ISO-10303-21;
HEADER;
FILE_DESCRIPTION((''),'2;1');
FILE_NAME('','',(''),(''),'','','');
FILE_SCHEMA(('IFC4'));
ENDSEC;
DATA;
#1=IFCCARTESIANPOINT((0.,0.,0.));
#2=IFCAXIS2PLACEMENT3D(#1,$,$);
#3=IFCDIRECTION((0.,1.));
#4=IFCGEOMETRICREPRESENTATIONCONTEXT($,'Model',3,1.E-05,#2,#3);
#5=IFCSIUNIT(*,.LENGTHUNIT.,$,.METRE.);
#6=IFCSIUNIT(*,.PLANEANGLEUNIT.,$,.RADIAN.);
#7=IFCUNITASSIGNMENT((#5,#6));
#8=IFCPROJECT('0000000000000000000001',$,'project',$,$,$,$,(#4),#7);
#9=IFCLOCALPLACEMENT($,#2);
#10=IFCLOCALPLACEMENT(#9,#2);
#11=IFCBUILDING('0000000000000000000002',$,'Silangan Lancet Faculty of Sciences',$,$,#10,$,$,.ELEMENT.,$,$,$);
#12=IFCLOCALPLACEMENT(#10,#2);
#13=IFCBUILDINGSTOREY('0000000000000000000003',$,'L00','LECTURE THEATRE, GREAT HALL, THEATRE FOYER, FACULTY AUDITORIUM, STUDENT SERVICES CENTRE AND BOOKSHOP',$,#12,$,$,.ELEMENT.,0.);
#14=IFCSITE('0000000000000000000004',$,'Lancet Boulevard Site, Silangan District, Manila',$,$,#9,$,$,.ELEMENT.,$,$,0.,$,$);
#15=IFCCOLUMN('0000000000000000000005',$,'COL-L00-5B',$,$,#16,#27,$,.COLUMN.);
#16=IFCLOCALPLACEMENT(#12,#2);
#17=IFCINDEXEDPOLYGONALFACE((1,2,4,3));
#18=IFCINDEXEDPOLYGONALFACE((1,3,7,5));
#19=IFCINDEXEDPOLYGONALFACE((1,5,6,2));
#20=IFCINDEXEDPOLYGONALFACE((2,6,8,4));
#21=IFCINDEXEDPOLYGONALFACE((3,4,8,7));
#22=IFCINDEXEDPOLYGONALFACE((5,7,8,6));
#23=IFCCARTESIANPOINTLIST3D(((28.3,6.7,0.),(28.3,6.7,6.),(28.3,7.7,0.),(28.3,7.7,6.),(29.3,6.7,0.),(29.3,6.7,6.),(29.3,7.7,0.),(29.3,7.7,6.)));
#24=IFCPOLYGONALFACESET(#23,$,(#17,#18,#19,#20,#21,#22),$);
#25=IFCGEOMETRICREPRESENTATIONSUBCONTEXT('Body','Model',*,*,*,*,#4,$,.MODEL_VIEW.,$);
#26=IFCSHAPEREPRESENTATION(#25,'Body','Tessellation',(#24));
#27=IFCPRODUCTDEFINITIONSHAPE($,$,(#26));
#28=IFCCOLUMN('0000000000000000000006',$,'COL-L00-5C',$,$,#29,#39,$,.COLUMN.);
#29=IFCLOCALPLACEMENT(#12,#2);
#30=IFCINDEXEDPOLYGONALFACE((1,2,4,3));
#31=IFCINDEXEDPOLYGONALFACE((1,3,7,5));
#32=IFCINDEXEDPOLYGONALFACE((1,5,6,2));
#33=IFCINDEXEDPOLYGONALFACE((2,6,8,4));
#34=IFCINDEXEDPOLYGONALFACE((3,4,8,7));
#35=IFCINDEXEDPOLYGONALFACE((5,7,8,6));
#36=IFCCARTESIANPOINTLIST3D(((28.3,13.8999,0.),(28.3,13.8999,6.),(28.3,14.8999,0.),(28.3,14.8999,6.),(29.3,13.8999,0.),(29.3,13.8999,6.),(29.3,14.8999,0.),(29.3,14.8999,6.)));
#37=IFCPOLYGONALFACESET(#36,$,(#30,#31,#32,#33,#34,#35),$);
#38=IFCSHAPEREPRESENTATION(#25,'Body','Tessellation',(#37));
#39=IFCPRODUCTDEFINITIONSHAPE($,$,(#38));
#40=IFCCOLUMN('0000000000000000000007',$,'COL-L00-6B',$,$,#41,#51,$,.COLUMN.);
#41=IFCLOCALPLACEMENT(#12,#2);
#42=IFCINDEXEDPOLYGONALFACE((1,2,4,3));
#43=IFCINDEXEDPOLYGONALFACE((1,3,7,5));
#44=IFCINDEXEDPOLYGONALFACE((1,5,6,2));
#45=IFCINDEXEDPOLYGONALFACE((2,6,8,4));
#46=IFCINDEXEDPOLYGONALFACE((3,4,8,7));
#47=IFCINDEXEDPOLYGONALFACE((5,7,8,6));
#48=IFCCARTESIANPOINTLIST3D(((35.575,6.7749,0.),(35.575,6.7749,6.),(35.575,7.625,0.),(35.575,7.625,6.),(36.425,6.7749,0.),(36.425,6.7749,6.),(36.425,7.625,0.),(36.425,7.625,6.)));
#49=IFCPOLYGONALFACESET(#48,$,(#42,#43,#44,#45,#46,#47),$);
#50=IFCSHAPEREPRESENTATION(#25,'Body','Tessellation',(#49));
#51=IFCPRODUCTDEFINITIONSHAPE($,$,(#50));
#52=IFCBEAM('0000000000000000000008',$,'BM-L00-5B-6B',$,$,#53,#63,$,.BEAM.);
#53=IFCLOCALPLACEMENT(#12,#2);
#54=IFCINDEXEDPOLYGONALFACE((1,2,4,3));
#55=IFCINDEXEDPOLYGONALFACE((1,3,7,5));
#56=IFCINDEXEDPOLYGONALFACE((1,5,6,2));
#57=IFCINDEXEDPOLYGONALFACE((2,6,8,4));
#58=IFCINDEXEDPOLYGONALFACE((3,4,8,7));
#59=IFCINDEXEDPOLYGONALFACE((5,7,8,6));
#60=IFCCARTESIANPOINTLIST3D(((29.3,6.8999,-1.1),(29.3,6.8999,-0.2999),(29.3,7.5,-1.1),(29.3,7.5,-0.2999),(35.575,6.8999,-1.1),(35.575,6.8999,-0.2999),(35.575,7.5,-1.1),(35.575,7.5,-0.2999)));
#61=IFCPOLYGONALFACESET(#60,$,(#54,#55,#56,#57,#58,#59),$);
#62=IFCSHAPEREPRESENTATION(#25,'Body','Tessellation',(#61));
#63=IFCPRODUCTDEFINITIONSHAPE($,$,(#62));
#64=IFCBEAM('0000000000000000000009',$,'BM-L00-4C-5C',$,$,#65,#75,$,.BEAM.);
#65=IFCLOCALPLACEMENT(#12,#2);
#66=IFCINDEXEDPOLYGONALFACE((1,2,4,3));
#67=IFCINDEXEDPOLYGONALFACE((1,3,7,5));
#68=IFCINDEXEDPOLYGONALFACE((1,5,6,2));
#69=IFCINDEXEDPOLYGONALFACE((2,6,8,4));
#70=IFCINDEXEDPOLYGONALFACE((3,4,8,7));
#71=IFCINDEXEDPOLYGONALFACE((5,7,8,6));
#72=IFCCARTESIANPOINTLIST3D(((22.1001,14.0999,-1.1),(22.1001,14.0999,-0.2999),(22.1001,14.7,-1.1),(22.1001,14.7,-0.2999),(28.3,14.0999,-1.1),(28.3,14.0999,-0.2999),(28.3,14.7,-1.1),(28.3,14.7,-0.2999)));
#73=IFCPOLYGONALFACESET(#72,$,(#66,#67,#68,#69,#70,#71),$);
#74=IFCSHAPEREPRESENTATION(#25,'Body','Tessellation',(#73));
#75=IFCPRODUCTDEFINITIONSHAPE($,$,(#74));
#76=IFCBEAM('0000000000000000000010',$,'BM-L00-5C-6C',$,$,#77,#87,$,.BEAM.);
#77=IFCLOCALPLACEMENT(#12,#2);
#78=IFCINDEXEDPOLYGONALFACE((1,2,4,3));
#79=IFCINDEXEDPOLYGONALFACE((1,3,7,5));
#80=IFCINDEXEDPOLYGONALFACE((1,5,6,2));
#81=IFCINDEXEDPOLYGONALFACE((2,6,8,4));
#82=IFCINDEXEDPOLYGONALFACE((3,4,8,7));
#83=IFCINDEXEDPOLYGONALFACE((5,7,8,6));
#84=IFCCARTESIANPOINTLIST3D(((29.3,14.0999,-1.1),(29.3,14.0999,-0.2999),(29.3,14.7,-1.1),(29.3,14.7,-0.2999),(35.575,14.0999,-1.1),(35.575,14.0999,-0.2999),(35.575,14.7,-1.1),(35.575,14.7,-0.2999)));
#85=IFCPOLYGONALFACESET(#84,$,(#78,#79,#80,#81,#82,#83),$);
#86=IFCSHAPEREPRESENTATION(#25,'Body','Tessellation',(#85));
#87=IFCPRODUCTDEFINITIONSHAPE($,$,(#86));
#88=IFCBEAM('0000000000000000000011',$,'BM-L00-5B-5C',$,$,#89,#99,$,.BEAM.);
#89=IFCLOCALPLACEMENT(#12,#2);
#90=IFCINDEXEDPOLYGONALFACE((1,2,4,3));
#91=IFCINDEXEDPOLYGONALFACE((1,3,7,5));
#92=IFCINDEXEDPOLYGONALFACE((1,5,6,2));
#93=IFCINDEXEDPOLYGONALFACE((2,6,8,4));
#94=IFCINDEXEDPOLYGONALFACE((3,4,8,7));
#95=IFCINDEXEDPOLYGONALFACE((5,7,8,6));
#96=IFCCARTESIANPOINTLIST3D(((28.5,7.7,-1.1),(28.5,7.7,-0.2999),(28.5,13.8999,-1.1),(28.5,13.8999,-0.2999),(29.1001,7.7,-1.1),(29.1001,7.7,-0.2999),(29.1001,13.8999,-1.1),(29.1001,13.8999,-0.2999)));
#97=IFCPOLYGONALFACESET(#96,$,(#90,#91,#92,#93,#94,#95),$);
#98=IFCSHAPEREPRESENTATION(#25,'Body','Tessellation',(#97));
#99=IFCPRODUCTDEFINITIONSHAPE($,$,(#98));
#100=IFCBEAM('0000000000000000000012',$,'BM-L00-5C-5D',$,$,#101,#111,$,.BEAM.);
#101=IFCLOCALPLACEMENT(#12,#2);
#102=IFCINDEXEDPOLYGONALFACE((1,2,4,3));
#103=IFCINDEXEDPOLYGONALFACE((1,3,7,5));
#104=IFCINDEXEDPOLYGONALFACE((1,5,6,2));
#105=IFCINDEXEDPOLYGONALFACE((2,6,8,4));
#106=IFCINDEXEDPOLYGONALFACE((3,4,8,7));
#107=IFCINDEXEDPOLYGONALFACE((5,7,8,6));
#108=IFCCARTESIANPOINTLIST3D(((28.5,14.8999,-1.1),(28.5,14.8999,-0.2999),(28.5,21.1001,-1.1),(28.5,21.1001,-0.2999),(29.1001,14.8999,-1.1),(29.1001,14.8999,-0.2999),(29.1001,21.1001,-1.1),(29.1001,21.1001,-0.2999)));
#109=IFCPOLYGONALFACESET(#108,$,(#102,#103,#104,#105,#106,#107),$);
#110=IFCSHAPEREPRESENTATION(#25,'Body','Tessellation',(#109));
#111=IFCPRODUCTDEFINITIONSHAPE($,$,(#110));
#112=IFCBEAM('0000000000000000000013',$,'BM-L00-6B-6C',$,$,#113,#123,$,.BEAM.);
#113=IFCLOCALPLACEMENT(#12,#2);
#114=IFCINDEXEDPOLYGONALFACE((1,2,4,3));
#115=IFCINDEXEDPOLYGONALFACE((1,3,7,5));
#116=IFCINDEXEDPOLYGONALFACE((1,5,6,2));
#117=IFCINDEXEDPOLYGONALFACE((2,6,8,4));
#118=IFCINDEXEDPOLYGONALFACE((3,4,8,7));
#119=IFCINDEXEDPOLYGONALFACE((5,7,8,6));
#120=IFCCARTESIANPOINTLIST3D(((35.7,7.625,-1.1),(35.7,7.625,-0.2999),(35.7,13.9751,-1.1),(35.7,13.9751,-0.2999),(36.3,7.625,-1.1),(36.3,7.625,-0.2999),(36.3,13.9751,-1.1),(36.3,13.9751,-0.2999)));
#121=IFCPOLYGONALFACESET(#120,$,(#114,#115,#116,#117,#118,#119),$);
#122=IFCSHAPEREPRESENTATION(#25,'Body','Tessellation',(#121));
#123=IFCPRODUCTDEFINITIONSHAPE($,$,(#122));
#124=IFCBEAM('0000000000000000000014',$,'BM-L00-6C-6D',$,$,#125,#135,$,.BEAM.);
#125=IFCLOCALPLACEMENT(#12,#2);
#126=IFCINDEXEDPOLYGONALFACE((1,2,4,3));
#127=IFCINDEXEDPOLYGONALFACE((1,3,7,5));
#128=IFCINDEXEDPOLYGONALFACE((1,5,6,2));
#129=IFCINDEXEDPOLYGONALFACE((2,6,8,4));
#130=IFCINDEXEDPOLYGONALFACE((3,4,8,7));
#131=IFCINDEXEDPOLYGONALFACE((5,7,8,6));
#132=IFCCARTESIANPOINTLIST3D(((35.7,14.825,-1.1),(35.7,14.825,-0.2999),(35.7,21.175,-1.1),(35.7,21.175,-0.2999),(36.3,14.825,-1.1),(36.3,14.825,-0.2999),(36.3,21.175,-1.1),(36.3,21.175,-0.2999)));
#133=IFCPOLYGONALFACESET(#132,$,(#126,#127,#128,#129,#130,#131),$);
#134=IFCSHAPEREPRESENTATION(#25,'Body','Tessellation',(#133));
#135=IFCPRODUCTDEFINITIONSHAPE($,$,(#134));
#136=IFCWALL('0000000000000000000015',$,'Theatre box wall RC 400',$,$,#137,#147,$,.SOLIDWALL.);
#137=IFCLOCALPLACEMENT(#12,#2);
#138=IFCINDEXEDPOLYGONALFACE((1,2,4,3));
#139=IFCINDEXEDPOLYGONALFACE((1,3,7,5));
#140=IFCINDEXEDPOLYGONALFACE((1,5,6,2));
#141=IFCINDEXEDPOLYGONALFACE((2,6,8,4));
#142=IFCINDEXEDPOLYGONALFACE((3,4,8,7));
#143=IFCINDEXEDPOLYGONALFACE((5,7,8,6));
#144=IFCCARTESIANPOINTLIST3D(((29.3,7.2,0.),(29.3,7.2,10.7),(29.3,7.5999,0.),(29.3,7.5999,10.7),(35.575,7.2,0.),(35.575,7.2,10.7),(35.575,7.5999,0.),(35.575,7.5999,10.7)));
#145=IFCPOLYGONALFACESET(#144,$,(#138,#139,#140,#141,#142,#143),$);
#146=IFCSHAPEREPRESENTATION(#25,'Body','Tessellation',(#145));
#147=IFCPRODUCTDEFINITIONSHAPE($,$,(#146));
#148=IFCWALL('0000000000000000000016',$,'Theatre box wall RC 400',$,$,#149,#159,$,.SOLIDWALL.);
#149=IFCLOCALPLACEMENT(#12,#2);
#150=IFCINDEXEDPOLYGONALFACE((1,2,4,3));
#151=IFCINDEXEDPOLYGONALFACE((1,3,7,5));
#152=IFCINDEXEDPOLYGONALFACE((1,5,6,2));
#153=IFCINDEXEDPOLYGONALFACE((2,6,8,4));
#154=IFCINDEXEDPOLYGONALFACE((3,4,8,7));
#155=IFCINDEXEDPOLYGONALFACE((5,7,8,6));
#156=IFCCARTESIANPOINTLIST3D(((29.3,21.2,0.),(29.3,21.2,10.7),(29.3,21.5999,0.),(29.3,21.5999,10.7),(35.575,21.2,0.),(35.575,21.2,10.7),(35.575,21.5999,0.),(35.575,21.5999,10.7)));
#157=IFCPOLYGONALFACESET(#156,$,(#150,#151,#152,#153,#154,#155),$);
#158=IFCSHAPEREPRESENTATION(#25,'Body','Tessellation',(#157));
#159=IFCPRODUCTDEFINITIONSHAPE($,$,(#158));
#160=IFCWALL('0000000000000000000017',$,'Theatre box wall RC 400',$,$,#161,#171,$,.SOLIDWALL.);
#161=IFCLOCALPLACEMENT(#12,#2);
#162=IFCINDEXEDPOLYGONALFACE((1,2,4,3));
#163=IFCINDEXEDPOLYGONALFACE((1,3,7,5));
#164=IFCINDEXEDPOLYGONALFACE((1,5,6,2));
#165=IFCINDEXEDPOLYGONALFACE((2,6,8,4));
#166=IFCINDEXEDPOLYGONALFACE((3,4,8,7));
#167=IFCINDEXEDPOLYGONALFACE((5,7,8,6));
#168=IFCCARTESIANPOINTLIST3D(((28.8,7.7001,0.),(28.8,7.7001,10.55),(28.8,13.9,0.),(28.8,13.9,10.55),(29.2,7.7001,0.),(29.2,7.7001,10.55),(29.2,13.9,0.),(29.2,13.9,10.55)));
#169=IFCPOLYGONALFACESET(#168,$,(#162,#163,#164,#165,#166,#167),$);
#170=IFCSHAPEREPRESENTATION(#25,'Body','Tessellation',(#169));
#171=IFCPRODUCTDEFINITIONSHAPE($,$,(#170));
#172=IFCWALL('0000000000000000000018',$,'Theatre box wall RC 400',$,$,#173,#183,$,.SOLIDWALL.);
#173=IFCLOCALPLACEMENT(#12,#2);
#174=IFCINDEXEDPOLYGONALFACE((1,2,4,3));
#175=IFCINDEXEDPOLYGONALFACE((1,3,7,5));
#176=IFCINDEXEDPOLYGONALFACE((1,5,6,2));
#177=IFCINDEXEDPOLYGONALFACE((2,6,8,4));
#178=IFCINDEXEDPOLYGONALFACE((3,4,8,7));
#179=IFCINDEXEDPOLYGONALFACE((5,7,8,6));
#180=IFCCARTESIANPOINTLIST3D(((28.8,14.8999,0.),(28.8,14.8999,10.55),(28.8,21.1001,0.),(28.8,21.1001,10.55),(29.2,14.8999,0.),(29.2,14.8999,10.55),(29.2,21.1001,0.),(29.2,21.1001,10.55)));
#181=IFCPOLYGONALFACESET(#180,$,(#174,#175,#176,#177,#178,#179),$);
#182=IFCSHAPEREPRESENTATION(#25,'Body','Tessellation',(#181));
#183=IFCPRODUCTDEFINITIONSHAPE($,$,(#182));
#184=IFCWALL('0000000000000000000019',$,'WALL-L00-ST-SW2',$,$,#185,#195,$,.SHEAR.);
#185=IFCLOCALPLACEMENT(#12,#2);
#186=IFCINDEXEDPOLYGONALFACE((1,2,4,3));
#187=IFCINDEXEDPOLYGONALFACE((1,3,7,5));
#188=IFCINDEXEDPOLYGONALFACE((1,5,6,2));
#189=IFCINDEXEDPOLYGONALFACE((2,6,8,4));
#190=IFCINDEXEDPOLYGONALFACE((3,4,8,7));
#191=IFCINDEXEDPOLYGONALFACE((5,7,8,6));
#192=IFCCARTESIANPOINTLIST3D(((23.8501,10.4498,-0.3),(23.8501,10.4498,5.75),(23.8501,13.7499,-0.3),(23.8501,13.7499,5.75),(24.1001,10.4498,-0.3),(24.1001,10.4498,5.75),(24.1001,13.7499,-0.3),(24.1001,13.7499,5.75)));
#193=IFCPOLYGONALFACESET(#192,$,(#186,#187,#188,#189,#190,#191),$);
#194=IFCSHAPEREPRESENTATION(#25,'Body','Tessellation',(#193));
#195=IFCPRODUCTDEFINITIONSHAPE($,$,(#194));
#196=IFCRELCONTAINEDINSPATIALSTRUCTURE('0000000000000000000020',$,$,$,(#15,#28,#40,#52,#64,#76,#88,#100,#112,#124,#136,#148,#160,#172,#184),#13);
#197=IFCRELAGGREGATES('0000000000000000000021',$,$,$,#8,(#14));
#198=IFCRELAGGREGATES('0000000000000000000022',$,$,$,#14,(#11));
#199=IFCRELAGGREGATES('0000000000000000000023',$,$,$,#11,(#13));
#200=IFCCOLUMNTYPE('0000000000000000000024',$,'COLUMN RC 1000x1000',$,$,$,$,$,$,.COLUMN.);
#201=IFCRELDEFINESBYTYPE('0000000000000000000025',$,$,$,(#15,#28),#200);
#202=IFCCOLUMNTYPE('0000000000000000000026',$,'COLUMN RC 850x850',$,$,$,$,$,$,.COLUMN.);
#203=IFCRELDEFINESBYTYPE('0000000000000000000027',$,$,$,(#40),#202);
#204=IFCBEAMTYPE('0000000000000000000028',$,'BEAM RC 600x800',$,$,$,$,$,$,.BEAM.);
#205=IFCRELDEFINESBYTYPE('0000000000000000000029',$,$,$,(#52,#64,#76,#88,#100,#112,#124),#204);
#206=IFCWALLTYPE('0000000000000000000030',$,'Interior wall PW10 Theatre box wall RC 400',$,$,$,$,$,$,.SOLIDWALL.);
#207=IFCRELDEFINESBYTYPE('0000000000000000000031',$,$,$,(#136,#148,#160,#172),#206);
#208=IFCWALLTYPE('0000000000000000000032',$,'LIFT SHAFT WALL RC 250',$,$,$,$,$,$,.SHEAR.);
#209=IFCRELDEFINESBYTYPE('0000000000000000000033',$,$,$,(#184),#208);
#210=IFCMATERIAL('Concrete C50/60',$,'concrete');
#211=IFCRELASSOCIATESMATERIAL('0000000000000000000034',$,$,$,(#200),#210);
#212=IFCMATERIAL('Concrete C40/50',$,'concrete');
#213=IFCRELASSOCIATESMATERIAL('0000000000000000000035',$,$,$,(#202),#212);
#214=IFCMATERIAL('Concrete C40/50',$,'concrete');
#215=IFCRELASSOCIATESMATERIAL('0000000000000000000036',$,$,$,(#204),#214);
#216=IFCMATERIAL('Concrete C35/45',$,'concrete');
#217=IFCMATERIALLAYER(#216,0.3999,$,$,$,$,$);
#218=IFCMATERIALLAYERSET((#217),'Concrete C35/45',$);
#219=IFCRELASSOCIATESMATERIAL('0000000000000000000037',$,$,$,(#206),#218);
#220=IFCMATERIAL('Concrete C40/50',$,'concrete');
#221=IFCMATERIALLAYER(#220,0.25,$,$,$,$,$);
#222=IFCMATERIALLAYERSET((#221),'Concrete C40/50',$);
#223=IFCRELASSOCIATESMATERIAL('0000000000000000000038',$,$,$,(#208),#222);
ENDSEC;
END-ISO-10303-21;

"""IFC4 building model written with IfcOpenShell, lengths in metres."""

from ifc_helpers import new_model, si_unit, direction, frame, frame_2d, origin, origin_2d, place, context, subcontext, project, spatial, rectangle, extrude, material, layer, layer_set, material_profile, profile_set, type_object, element, save


model = new_model("IFC4")

# Units and contexts
model_context = context("Model", 3, precision=1e-05, world=origin(), true_north=direction((0.0, 1.0)))
body_context = subcontext(model_context, "Body", "Model", "MODEL_VIEW")
ifc_project = project(units=[si_unit("LENGTHUNIT", "METRE"), si_unit("PLANEANGLEUNIT", "RADIAN")], contexts=[model_context])

# Site, building, storey
site_placement = place(None, origin())
site = spatial("IfcSite", under=ifc_project, at=site_placement, Name="Lancet Boulevard Site, Silangan District, Manila", CompositionType="ELEMENT", RefElevation=0.0)
building_placement = place(site_placement, origin())
building = spatial("IfcBuilding", under=site, at=building_placement, Name="Silangan Lancet Faculty of Sciences", CompositionType="ELEMENT")
storey_placement = place(building_placement, origin())
storey = spatial("IfcBuildingStorey", under=building, at=storey_placement, Name="L00", Description="LECTURE THEATRE, GREAT HALL, THEATRE FOYER, FACULTY AUDITORIUM, STUDENT SERVICES CENTRE AND BOOKSHOP", CompositionType="ELEMENT", Elevation=0.0)

# Columns
ifc_material_1 = material(Name="Concrete C50/60", Category="concrete")
ifc_material_profile_1 = material_profile(ifc_material_1, rectangle(XDim=1.0, YDim=1.0, at=origin_2d()), Name="RC 1000x1000")
ifc_profile_set_1 = profile_set([ifc_material_profile_1], Name="Concrete C50/60")
column_type_1 = type_object("IfcColumnType", Name="COLUMN RC 1000x1000", PredefinedType="COLUMN", material=ifc_profile_set_1)
for number, where, z_axis, x_axis, name in (
    (1, (28.8, 7.2, 0.0), (0.0, 0.0, 1.0), (1.0, 0.0, 0.0), "COL-L00-5B"),
    (2, (28.8, 14.3999, 0.0), (0.0, 0.0, 1.0), (1.0, 0.0, 0.0), "COL-L00-5C"),
):
    element("IfcColumn", number, at=place(storey_placement, frame(where, z_axis=z_axis, x_axis=x_axis)), inside=storey, type_object=column_type_1, Name=name, PredefinedType="COLUMN", context=body_context, shape_type="SweptSolid", body=[
        extrude(rectangle(XDim=1.0, YDim=1.0, at=origin_2d()), origin(), (0.0, 0.0, 1.0), 6.0),
    ])
ifc_material_2 = material(Name="Concrete C40/50", Category="concrete")
ifc_material_profile_2 = material_profile(ifc_material_2, rectangle(XDim=0.8501, YDim=0.8501, at=origin_2d()), Name="RC 850x850")
ifc_profile_set_2 = profile_set([ifc_material_profile_2], Name="Concrete C40/50")
column_type_2 = type_object("IfcColumnType", Name="COLUMN RC 850x850", PredefinedType="COLUMN", material=ifc_profile_set_2)
column_placement = place(storey_placement, frame((36.0, 7.2, 0.0), z_axis=(0.0, 0.0, 1.0), x_axis=(1.0, 0.0, 0.0)))
element("IfcColumn", 3, at=column_placement, inside=storey, type_object=column_type_2, Name="COL-L00-6B", PredefinedType="COLUMN", context=body_context, shape_type="SweptSolid", body=[
    extrude(rectangle(XDim=0.8501, YDim=0.8501, at=origin_2d()), origin(), (0.0, 0.0, 1.0), 6.0),
])

# Beams
ifc_material_3 = material(Name="Concrete C40/50", Category="concrete")
ifc_material_profile_3 = material_profile(ifc_material_3, rectangle(XDim=0.6001, YDim=0.8, at=origin_2d()), Name="RC 600x800")
ifc_profile_set_3 = profile_set([ifc_material_profile_3], Name="Concrete C40/50")
beam_type = type_object("IfcBeamType", Name="BEAM RC 600x800", PredefinedType="BEAM", material=ifc_profile_set_3)
beam_1_placement = place(storey_placement, frame((29.3, 7.2, -0.7), z_axis=(1.0, 0.0, 0.0), x_axis=(0.0, 1.0, 0.0)))
element("IfcBeam", 4, at=beam_1_placement, inside=storey, type_object=beam_type, Name="BM-L00-5B-6B", PredefinedType="BEAM", context=body_context, shape_type="SweptSolid", body=[
    extrude(rectangle(XDim=0.6001, YDim=0.8, at=origin_2d()), origin(), (0.0, 0.0, 1.0), 6.2749),
])
beam_2_placement = place(storey_placement, frame((22.1001, 14.3999, -0.7), z_axis=(1.0, 0.0, 0.0), x_axis=(0.0, 1.0, 0.0)))
element("IfcBeam", 5, at=beam_2_placement, inside=storey, type_object=beam_type, Name="BM-L00-4C-5C", PredefinedType="BEAM", context=body_context, shape_type="SweptSolid", body=[
    extrude(rectangle(XDim=0.6001, YDim=0.8, at=origin_2d()), origin(), (0.0, 0.0, 1.0), 6.2),
])
beam_3_placement = place(storey_placement, frame((29.3, 14.3999, -0.7), z_axis=(1.0, 0.0, 0.0), x_axis=(0.0, 1.0, 0.0)))
element("IfcBeam", 6, at=beam_3_placement, inside=storey, type_object=beam_type, Name="BM-L00-5C-6C", PredefinedType="BEAM", context=body_context, shape_type="SweptSolid", body=[
    extrude(rectangle(XDim=0.6001, YDim=0.8, at=origin_2d()), origin(), (0.0, 0.0, 1.0), 6.2749),
])
beam_4_placement = place(storey_placement, frame((28.8, 7.7, -0.7), z_axis=(0.0, 1.0, 0.0), x_axis=(-1.0, 0.0, 0.0)))
element("IfcBeam", 7, at=beam_4_placement, inside=storey, type_object=beam_type, Name="BM-L00-5B-5C", PredefinedType="BEAM", context=body_context, shape_type="SweptSolid", body=[
    extrude(rectangle(XDim=0.6001, YDim=0.8, at=origin_2d()), origin(), (0.0, 0.0, 1.0), 6.2),
])
beam_5_placement = place(storey_placement, frame((28.8, 14.8999, -0.7), z_axis=(0.0, 1.0, 0.0), x_axis=(-1.0, 0.0, 0.0)))
element("IfcBeam", 8, at=beam_5_placement, inside=storey, type_object=beam_type, Name="BM-L00-5C-5D", PredefinedType="BEAM", context=body_context, shape_type="SweptSolid", body=[
    extrude(rectangle(XDim=0.6001, YDim=0.8, at=origin_2d()), origin(), (0.0, 0.0, 1.0), 6.2002),
])
for number, where, z_axis, x_axis, name in (
    (9, (36.0, 7.625, -0.7), (0.0, 1.0, 0.0), (-1.0, 0.0, 0.0), "BM-L00-6B-6C"),
    (10, (36.0, 14.825, -0.7), (0.0, 1.0, 0.0), (-1.0, 0.0, 0.0), "BM-L00-6C-6D"),
):
    element("IfcBeam", number, at=place(storey_placement, frame(where, z_axis=z_axis, x_axis=x_axis)), inside=storey, type_object=beam_type, Name=name, PredefinedType="BEAM", context=body_context, shape_type="SweptSolid", body=[
        extrude(rectangle(XDim=0.6001, YDim=0.8, at=origin_2d()), origin(), (0.0, 0.0, 1.0), 6.3501),
    ])

# Walls
ifc_material_4 = material(Name="Concrete C35/45", Category="concrete")
ifc_layer_1 = layer(ifc_material_4, 0.3999)
ifc_layer_set_1 = layer_set([ifc_layer_1], Name="Concrete C35/45")
wall_type_1 = type_object("IfcWallType", Name="Interior wall PW10 Theatre box wall RC 400", PredefinedType="SOLIDWALL", material=ifc_layer_set_1)
for number, where, z_axis, x_axis, name in (
    (11, (29.3, 7.3999, 0.0), (0.0, 0.0, 1.0), (1.0, 0.0, 0.0), "Theatre box wall RC 400"),
    (12, (29.3, 21.3999, 0.0), (0.0, 0.0, 1.0), (1.0, 0.0, 0.0), "Theatre box wall RC 400"),
):
    element("IfcWall", number, at=place(storey_placement, frame(where, z_axis=z_axis, x_axis=x_axis)), inside=storey, type_object=wall_type_1, Name=name, PredefinedType="SOLIDWALL", context=body_context, shape_type="SweptSolid", body=[
        extrude(rectangle(XDim=6.2749, YDim=0.3999, at=frame_2d((3.1375, 0.0))), origin(), (0.0, 0.0, 1.0), 10.7),
    ])
wall_1_placement = place(storey_placement, frame((29.0, 7.7, 0.0), z_axis=(0.0, 0.0, 1.0), x_axis=(0.0, 1.0, 0.0)))
element("IfcWall", 13, at=wall_1_placement, inside=storey, type_object=wall_type_1, Name="Theatre box wall RC 400", PredefinedType="SOLIDWALL", context=body_context, shape_type="SweptSolid", body=[
    extrude(rectangle(XDim=6.2, YDim=0.3999, at=frame_2d((3.1001, 0.0))), origin(), (0.0, 0.0, 1.0), 10.55),
])
wall_2_placement = place(storey_placement, frame((29.0, 14.8999, 0.0), z_axis=(0.0, 0.0, 1.0), x_axis=(0.0, 1.0, 0.0)))
element("IfcWall", 14, at=wall_2_placement, inside=storey, type_object=wall_type_1, Name="Theatre box wall RC 400", PredefinedType="SOLIDWALL", context=body_context, shape_type="SweptSolid", body=[
    extrude(rectangle(XDim=6.2002, YDim=0.3999, at=frame_2d((3.1001, 0.0))), origin(), (0.0, 0.0, 1.0), 10.55),
])
ifc_material_5 = material(Name="Concrete C40/50", Category="concrete")
ifc_layer_2 = layer(ifc_material_5, 0.25)
ifc_layer_set_2 = layer_set([ifc_layer_2], Name="Concrete C40/50")
wall_type_2 = type_object("IfcWallType", Name="LIFT SHAFT WALL RC 250", PredefinedType="SHEAR", material=ifc_layer_set_2)
for number, where, z_axis, x_axis, name in (
    (15, (23.9751, 10.45, -0.3), (0.0, 0.0, 1.0), (0.0, 1.0, 0.0), "WALL-L00-ST-SW2"),
):
    element("IfcWall", number, at=place(storey_placement, frame(where, z_axis=z_axis, x_axis=x_axis)), inside=storey, type_object=wall_type_2, Name=name, PredefinedType="SHEAR", context=body_context, shape_type="SweptSolid", body=[
        extrude(rectangle(XDim=3.3, YDim=0.25, at=frame_2d((1.6499, 0.0))), origin(), (0.0, 0.0, 1.0), 6.05),
    ])

save(model, "model.ifc")
